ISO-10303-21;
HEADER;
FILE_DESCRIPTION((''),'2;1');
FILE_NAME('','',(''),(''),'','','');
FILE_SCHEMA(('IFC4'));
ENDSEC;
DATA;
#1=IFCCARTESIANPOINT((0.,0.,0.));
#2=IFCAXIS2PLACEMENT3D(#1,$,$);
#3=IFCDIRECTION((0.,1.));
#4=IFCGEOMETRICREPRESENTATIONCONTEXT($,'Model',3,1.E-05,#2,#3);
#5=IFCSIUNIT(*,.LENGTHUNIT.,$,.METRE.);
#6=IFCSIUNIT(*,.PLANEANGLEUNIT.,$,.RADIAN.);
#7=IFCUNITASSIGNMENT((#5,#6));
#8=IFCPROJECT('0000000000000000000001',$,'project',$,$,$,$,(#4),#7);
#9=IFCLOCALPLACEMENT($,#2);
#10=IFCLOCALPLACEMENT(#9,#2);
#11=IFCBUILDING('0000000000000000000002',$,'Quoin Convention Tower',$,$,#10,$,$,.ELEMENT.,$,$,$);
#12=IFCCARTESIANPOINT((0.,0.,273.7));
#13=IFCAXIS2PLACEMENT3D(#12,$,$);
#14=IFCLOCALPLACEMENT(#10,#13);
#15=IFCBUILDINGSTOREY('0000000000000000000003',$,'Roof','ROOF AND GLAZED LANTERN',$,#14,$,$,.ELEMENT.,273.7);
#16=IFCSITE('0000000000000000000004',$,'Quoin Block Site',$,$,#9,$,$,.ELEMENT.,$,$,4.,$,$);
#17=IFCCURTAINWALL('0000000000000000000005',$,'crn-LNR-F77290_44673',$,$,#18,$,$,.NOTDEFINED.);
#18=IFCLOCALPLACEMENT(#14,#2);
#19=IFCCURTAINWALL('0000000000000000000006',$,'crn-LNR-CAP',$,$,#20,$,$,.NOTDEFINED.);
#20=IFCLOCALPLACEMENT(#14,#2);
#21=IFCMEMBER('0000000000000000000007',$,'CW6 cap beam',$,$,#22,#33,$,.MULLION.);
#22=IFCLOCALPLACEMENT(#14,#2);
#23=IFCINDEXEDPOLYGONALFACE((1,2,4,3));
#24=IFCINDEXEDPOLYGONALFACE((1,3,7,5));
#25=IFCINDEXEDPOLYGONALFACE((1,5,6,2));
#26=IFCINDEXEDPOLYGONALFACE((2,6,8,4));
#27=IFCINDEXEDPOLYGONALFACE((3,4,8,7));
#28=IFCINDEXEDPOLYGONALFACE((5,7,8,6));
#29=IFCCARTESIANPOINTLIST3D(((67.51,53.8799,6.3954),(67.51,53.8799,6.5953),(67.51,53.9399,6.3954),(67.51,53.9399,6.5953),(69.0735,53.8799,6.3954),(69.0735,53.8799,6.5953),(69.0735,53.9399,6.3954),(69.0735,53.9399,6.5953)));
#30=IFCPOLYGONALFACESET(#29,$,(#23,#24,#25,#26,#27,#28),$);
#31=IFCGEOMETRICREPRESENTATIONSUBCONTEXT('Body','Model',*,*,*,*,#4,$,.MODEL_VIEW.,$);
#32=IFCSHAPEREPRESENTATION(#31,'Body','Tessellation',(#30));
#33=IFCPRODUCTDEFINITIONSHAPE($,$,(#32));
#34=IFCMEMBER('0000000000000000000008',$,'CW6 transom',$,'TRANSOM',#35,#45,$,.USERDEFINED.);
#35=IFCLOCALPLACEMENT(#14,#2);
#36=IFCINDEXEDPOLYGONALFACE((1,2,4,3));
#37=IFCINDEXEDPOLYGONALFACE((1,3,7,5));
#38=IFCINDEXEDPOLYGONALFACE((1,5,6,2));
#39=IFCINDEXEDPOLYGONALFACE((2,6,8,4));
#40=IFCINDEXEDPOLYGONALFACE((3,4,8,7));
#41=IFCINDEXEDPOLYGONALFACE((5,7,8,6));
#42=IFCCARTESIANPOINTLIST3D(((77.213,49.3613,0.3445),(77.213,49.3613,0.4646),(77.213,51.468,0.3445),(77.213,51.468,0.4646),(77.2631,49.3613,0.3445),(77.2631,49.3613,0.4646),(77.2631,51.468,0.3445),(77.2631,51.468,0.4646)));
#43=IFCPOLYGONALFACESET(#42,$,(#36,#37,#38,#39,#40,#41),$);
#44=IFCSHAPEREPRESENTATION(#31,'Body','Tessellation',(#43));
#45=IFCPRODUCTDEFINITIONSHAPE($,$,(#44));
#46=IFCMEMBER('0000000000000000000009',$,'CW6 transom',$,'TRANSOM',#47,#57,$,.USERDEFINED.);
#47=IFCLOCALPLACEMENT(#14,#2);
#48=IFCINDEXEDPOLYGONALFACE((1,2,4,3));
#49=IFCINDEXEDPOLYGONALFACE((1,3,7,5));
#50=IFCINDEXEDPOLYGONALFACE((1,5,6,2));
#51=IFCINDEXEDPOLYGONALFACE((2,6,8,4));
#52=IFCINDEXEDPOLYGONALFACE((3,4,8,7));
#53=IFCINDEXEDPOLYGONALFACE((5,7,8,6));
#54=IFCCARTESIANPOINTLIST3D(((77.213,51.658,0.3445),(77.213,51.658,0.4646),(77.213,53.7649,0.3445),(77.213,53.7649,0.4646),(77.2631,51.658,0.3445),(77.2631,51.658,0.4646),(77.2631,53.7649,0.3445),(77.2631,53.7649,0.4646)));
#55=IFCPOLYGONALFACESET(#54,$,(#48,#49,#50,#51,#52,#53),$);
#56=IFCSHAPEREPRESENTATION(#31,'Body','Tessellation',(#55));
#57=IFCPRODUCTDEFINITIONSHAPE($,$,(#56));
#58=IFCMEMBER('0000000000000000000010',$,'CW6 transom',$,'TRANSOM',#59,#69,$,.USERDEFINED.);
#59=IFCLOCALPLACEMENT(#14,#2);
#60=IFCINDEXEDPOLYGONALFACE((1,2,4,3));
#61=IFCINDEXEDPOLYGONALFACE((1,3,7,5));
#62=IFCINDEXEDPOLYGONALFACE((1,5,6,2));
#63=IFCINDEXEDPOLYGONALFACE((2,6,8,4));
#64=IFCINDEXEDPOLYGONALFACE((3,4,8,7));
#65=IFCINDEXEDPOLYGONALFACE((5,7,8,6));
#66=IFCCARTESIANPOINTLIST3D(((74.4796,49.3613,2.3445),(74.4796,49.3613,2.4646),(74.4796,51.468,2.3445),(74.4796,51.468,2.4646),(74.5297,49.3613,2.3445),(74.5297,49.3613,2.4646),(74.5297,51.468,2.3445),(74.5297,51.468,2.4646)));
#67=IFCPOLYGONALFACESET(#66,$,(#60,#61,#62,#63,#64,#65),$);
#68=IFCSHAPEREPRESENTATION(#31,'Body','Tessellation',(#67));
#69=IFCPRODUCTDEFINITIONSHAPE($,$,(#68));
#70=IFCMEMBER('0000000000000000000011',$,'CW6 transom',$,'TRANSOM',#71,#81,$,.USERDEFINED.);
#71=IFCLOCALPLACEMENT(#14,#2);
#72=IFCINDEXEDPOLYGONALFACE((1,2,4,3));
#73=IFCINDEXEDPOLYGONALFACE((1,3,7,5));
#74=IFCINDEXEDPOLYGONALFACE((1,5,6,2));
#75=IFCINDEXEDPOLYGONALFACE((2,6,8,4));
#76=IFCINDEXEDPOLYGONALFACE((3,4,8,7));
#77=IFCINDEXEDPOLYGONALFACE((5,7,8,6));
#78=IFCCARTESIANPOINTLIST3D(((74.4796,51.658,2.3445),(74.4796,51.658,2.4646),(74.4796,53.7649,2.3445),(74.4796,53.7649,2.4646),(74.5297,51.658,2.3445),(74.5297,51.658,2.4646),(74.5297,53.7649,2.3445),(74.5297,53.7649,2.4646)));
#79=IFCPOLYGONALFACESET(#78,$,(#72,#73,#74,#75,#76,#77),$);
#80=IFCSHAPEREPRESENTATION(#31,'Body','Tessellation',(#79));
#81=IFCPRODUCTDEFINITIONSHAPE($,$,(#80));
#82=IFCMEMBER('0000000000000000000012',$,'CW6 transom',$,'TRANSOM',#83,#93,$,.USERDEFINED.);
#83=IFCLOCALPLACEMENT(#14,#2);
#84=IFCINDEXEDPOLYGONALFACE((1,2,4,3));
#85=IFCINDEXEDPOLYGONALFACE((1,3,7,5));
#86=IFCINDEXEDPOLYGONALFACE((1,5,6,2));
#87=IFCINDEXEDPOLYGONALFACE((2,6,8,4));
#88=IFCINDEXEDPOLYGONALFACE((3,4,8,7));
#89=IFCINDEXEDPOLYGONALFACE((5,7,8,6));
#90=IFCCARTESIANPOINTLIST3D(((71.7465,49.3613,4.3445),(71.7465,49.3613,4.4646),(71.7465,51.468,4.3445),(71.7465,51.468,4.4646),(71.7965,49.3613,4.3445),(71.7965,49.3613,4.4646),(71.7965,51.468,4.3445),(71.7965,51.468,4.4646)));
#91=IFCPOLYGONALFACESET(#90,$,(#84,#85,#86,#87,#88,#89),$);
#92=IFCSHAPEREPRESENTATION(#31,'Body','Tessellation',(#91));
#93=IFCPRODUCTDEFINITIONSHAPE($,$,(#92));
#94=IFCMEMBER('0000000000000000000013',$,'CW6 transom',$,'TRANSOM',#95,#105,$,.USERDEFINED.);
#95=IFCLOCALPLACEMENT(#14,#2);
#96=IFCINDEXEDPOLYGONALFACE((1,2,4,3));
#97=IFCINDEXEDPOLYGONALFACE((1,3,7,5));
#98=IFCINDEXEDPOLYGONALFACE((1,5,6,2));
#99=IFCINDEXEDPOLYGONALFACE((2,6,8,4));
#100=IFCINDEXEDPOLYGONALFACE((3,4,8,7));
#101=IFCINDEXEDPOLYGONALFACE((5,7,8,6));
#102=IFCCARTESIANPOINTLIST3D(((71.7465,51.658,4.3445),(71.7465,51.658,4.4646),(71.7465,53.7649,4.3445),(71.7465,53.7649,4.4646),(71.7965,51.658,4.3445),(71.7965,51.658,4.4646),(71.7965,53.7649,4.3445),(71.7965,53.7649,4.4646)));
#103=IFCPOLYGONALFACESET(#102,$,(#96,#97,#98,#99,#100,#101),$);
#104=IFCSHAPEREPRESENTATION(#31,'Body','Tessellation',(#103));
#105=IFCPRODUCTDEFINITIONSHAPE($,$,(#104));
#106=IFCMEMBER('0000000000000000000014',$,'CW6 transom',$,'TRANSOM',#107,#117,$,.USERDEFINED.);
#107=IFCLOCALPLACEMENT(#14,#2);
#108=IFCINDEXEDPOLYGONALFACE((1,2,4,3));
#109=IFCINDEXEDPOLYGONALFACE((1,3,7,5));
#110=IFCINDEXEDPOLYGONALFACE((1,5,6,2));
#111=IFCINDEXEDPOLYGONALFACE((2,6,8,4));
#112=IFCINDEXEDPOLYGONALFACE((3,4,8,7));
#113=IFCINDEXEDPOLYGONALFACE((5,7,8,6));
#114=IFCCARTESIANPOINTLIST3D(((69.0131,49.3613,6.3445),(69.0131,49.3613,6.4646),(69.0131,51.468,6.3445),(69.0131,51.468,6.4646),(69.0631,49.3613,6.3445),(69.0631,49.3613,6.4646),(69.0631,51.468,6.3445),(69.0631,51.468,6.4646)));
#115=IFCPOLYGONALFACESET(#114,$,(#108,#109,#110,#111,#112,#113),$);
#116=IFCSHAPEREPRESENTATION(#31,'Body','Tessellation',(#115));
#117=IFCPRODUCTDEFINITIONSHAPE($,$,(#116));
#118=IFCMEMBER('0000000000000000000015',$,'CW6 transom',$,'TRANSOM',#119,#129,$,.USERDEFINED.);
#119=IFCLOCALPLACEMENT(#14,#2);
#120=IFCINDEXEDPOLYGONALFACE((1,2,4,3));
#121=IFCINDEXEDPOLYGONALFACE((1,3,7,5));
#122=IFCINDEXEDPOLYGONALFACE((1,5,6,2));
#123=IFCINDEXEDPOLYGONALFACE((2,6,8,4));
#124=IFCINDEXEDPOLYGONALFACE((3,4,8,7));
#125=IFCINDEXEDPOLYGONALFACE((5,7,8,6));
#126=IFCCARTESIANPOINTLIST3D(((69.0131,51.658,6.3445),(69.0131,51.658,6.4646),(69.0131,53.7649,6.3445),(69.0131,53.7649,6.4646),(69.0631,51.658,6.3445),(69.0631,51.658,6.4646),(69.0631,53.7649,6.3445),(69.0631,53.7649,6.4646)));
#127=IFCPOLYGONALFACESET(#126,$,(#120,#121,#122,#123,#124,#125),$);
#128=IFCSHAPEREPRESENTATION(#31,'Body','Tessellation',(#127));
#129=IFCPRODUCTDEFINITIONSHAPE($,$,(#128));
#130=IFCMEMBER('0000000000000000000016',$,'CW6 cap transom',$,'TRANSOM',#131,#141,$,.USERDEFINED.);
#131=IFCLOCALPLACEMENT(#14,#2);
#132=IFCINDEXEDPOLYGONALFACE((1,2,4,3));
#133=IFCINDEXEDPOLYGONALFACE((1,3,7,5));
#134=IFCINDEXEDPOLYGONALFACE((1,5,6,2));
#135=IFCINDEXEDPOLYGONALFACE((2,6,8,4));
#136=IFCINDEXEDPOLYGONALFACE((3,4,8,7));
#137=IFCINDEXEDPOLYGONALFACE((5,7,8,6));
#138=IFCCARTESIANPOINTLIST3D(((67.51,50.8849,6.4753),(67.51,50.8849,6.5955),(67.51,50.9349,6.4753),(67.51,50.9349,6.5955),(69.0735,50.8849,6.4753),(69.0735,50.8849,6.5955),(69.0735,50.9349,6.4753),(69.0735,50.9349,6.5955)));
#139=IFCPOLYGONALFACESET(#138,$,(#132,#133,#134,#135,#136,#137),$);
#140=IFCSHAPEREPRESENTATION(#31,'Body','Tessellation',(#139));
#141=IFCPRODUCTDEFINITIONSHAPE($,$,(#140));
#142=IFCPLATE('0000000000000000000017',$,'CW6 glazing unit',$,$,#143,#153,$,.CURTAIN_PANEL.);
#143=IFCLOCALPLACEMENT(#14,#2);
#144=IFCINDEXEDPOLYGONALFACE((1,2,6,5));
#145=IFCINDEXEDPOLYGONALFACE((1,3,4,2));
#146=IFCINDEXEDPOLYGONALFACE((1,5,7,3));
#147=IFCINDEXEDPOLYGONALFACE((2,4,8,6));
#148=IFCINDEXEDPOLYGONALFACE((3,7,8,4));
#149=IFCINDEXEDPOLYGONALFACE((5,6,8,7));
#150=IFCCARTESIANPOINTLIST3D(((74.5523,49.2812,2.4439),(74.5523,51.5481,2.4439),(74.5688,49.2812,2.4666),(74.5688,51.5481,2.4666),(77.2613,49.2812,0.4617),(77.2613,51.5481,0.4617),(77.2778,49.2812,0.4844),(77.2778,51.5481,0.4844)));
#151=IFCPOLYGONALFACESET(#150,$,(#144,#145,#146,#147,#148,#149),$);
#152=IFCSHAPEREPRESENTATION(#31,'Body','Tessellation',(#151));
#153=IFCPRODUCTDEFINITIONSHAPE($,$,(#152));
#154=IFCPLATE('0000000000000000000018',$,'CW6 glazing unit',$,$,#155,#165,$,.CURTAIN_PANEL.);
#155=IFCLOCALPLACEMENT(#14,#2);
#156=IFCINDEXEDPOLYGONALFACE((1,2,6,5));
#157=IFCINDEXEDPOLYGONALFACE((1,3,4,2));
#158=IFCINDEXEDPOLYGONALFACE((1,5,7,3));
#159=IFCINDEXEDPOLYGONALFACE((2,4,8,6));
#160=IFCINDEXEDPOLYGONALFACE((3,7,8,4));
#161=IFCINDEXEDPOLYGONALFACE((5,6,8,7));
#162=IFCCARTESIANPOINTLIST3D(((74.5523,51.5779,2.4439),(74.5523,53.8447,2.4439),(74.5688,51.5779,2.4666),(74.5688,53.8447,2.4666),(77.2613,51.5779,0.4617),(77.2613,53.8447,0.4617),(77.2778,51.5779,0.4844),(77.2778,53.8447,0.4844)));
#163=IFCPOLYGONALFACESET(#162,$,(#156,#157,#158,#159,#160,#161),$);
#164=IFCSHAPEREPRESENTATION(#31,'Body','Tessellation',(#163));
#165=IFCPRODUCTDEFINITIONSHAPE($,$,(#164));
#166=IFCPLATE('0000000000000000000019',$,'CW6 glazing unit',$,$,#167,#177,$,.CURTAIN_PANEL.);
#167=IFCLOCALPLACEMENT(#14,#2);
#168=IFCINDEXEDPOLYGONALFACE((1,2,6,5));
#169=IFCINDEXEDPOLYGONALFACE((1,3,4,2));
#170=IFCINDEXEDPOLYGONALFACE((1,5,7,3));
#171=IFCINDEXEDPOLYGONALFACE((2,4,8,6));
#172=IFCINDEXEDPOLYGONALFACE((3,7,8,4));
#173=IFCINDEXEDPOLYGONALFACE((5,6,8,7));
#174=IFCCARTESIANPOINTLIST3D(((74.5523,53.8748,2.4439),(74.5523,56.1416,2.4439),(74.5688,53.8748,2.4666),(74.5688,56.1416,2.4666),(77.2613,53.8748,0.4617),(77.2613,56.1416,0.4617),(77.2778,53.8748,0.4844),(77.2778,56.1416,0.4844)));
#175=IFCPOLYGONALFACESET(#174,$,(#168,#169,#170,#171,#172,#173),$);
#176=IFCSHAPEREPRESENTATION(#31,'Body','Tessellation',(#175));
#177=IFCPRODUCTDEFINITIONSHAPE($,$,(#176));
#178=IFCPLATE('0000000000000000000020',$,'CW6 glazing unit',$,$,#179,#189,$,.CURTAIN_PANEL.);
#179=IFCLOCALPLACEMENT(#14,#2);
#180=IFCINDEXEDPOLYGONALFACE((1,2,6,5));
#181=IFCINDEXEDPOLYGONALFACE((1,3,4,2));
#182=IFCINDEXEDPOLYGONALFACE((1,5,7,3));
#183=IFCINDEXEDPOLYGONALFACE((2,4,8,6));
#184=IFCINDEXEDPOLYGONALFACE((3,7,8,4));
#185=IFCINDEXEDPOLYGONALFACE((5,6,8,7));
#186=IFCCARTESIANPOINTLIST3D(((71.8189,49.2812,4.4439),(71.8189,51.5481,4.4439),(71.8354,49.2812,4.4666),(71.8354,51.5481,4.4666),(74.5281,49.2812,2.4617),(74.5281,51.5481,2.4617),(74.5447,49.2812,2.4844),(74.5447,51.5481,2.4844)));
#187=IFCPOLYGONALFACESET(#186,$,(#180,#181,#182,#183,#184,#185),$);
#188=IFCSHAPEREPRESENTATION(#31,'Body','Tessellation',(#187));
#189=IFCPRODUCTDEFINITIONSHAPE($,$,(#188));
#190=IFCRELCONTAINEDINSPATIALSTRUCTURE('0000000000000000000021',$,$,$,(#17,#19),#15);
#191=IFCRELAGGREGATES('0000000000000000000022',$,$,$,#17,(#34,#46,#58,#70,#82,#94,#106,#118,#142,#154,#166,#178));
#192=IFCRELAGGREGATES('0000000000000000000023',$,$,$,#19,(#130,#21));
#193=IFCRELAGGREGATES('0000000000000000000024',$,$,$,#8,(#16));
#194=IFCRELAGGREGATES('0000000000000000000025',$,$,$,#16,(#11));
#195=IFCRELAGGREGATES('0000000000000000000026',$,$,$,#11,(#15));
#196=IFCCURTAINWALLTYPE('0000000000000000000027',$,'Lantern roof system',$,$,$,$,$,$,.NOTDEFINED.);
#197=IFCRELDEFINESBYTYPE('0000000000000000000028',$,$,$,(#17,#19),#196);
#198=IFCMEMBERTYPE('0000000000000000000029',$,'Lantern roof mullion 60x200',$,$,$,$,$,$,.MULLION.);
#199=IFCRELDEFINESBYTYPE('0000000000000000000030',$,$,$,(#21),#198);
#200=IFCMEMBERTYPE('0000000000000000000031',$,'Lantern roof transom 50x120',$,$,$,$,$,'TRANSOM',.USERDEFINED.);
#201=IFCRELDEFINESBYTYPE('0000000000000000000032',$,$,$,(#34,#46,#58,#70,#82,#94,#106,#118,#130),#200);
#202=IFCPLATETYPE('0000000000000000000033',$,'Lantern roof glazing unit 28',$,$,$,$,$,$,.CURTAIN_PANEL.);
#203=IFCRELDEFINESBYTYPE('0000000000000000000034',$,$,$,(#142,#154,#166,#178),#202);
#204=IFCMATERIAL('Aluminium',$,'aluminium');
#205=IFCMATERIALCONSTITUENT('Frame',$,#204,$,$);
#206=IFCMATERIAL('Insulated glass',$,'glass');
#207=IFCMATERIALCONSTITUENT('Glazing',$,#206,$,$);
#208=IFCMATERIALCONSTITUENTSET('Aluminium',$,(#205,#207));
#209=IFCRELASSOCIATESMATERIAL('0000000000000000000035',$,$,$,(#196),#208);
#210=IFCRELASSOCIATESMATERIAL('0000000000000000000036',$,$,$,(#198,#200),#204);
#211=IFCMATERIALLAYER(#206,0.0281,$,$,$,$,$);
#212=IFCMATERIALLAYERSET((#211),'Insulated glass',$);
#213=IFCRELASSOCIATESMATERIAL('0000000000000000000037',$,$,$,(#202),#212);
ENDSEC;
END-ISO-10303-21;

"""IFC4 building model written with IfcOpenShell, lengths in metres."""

from ifc_helpers import new_model, si_unit, direction, frame, origin, origin_2d, place, context, subcontext, project, spatial, polyline, rectangle, outline, extrude, material, layer, layer_set, constituent, constituent_set, material_profile, profile_set, type_object, element, aggregate, save


model = new_model("IFC4")

# Units and contexts
model_context = context("Model", 3, precision=1e-05, world=origin(), true_north=direction((0.0, 1.0)))
body_context = subcontext(model_context, "Body", "Model", "MODEL_VIEW")
ifc_project = project(units=[si_unit("LENGTHUNIT", "METRE"), si_unit("PLANEANGLEUNIT", "RADIAN")], contexts=[model_context])

# Site, building, storey
site_placement = place(None, origin())
site = spatial("IfcSite", under=ifc_project, at=site_placement, Name="Quoin Block Site", CompositionType="ELEMENT", RefElevation=4.0)
building_placement = place(site_placement, origin())
building = spatial("IfcBuilding", under=site, at=building_placement, Name="Quoin Convention Tower", CompositionType="ELEMENT")
storey_placement = place(building_placement, frame((0.0, 0.0, 273.7)))
storey = spatial("IfcBuildingStorey", under=building, at=storey_placement, Name="Roof", Description="ROOF AND GLAZED LANTERN", CompositionType="ELEMENT", Elevation=273.7)

# Curtain wall
ifc_material_1 = material(Name="Aluminium", Category="aluminium")
ifc_constituent_1 = constituent(ifc_material_1, Name="Frame")
ifc_material_2 = material(Name="Insulated glass", Category="glass")
ifc_constituent_2 = constituent(ifc_material_2, Name="Glazing")
ifc_constituent_set = constituent_set(constituents=[ifc_constituent_1, ifc_constituent_2], Name="Aluminium")
curtain_wall_type = type_object("IfcCurtainWallType", Name="Lantern roof system", PredefinedType="NOTDEFINED", material=ifc_constituent_set)
curtain_wall_1_placement = place(storey_placement, origin())
curtain_wall_1 = element("IfcCurtainWall", 1, at=curtain_wall_1_placement, inside=storey, type_object=curtain_wall_type, Name="crn-LNR-F77290_44673", PredefinedType="NOTDEFINED")

# Curtain wall, member
curtain_wall_2_placement = place(storey_placement, origin())
curtain_wall_2 = element("IfcCurtainWall", 2, at=curtain_wall_2_placement, inside=storey, type_object=curtain_wall_type, Name="crn-LNR-CAP", PredefinedType="NOTDEFINED")
ifc_material_profile_1 = material_profile(ifc_material_1, rectangle(XDim=0.2, YDim=0.0601, at=origin_2d()), Name="Lantern roof mullion 60x200")
ifc_profile_set_1 = profile_set([ifc_material_profile_1], Name="Aluminium")
member_type_1 = type_object("IfcMemberType", Name="Lantern roof mullion 60x200", PredefinedType="MULLION", material=ifc_profile_set_1)
member_1_placement = place(storey_placement, frame((67.51, 53.9099, 6.4954), z_axis=(1.0, 0.0, 0.0), x_axis=(0.0, 0.0, 1.0)))
member_1 = element("IfcMember", 3, at=member_1_placement, type_object=member_type_1, Name="CW6 cap beam", PredefinedType="MULLION", context=body_context, shape_type="SweptSolid", body=[
    extrude(rectangle(XDim=0.2, YDim=0.0601, at=origin_2d()), origin(), (0.0, 0.0, 1.0), 1.5635),
])

# Members
ifc_material_profile_2 = material_profile(ifc_material_1, rectangle(XDim=0.1201, YDim=0.05, at=origin_2d()), Name="Lantern roof transom 50x120")
ifc_profile_set_2 = profile_set([ifc_material_profile_2], Name="Aluminium")
member_type_2 = type_object("IfcMemberType", Name="Lantern roof transom 50x120", ElementType="TRANSOM", PredefinedType="USERDEFINED", material=ifc_profile_set_2)
member_2_placement = place(storey_placement, frame((77.238, 49.3613, 0.4045), z_axis=(0.0, 1.0, 0.0), x_axis=(0.0, 0.0, 1.0)))
member_2 = element("IfcMember", 4, at=member_2_placement, type_object=member_type_2, Name="CW6 transom", ObjectType="TRANSOM", PredefinedType="USERDEFINED", context=body_context, shape_type="SweptSolid", body=[
    extrude(rectangle(XDim=0.1201, YDim=0.05, at=origin_2d()), origin(), (0.0, 0.0, 1.0), 2.1067),
])
member_3_placement = place(storey_placement, frame((77.238, 51.658, 0.4045), z_axis=(0.0, 1.0, 0.0), x_axis=(0.0, 0.0, 1.0)))
member_3 = element("IfcMember", 5, at=member_3_placement, type_object=member_type_2, Name="CW6 transom", ObjectType="TRANSOM", PredefinedType="USERDEFINED", context=body_context, shape_type="SweptSolid", body=[
    extrude(rectangle(XDim=0.1201, YDim=0.05, at=origin_2d()), origin(), (0.0, 0.0, 1.0), 2.1069),
])
member_4_placement = place(storey_placement, frame((74.5046, 49.3613, 2.4045), z_axis=(0.0, 1.0, 0.0), x_axis=(0.0, 0.0, 1.0)))
member_4 = element("IfcMember", 6, at=member_4_placement, type_object=member_type_2, Name="CW6 transom", ObjectType="TRANSOM", PredefinedType="USERDEFINED", context=body_context, shape_type="SweptSolid", body=[
    extrude(rectangle(XDim=0.1201, YDim=0.05, at=origin_2d()), origin(), (0.0, 0.0, 1.0), 2.1067),
])
member_5_placement = place(storey_placement, frame((74.5046, 51.658, 2.4045), z_axis=(0.0, 1.0, 0.0), x_axis=(0.0, 0.0, 1.0)))
member_5 = element("IfcMember", 7, at=member_5_placement, type_object=member_type_2, Name="CW6 transom", ObjectType="TRANSOM", PredefinedType="USERDEFINED", context=body_context, shape_type="SweptSolid", body=[
    extrude(rectangle(XDim=0.1201, YDim=0.05, at=origin_2d()), origin(), (0.0, 0.0, 1.0), 2.1069),
])
member_6_placement = place(storey_placement, frame((71.7715, 49.3613, 4.4045), z_axis=(0.0, 1.0, 0.0), x_axis=(0.0, 0.0, 1.0)))
member_6 = element("IfcMember", 8, at=member_6_placement, type_object=member_type_2, Name="CW6 transom", ObjectType="TRANSOM", PredefinedType="USERDEFINED", context=body_context, shape_type="SweptSolid", body=[
    extrude(rectangle(XDim=0.1201, YDim=0.05, at=origin_2d()), origin(), (0.0, 0.0, 1.0), 2.1067),
])
member_7_placement = place(storey_placement, frame((71.7715, 51.658, 4.4045), z_axis=(0.0, 1.0, 0.0), x_axis=(0.0, 0.0, 1.0)))
member_7 = element("IfcMember", 9, at=member_7_placement, type_object=member_type_2, Name="CW6 transom", ObjectType="TRANSOM", PredefinedType="USERDEFINED", context=body_context, shape_type="SweptSolid", body=[
    extrude(rectangle(XDim=0.1201, YDim=0.05, at=origin_2d()), origin(), (0.0, 0.0, 1.0), 2.1069),
])
member_8_placement = place(storey_placement, frame((69.0381, 49.3613, 6.4045), z_axis=(0.0, 1.0, 0.0), x_axis=(0.0, 0.0, 1.0)))
member_8 = element("IfcMember", 10, at=member_8_placement, type_object=member_type_2, Name="CW6 transom", ObjectType="TRANSOM", PredefinedType="USERDEFINED", context=body_context, shape_type="SweptSolid", body=[
    extrude(rectangle(XDim=0.1201, YDim=0.05, at=origin_2d()), origin(), (0.0, 0.0, 1.0), 2.1067),
])
member_9_placement = place(storey_placement, frame((69.0381, 51.658, 6.4045), z_axis=(0.0, 1.0, 0.0), x_axis=(0.0, 0.0, 1.0)))
member_9 = element("IfcMember", 11, at=member_9_placement, type_object=member_type_2, Name="CW6 transom", ObjectType="TRANSOM", PredefinedType="USERDEFINED", context=body_context, shape_type="SweptSolid", body=[
    extrude(rectangle(XDim=0.1201, YDim=0.05, at=origin_2d()), origin(), (0.0, 0.0, 1.0), 2.1069),
])
member_10_placement = place(storey_placement, frame((67.51, 50.9099, 6.5354), z_axis=(1.0, 0.0, 0.0), x_axis=(0.0, 0.0, 1.0)))
member_10 = element("IfcMember", 12, at=member_10_placement, type_object=member_type_2, Name="CW6 cap transom", ObjectType="TRANSOM", PredefinedType="USERDEFINED", context=body_context, shape_type="SweptSolid", body=[
    extrude(rectangle(XDim=0.1201, YDim=0.05, at=origin_2d()), origin(), (0.0, 0.0, 1.0), 1.5635),
])

# Plates
ifc_layer = layer(ifc_material_2, 0.0281)
ifc_layer_set = layer_set([ifc_layer], Name="Insulated glass")
plate_type = type_object("IfcPlateType", Name="Lantern roof glazing unit 28", PredefinedType="CURTAIN_PANEL", material=ifc_layer_set)
plate_1_placement = place(storey_placement, frame((74.5688, 49.2812, 2.4666), z_axis=(0.590509, 0.0, 0.807031), x_axis=(0.0, 1.0, 0.0)))
plate_1 = element("IfcPlate", 13, at=plate_1_placement, type_object=plate_type, Name="CW6 glazing unit", PredefinedType="CURTAIN_PANEL", context=body_context, shape_type="SweptSolid", body=[
    extrude(outline(polyline([(0.0, 0.0), (2.2668, 0.0), (2.2668, -3.3567), (0.0, -3.3567), (0.0, 0.0)])), origin(), (0.0, 0.0, -1.0), 0.0281),
])
plate_2_placement = place(storey_placement, frame((74.5688, 51.5779, 2.4666), z_axis=(0.590509, 0.0, 0.807031), x_axis=(0.0, 1.0, 0.0)))
plate_2 = element("IfcPlate", 14, at=plate_2_placement, type_object=plate_type, Name="CW6 glazing unit", PredefinedType="CURTAIN_PANEL", context=body_context, shape_type="SweptSolid", body=[
    extrude(outline(polyline([(0.0, 0.0), (2.2668, 0.0), (2.2668, -3.3567), (0.0, -3.3567), (0.0, 0.0)])), origin(), (0.0, 0.0, -1.0), 0.0281),
])
plate_3_placement = place(storey_placement, frame((74.5688, 53.8748, 2.4666), z_axis=(0.590509, 0.0, 0.807031), x_axis=(0.0, 1.0, 0.0)))
plate_3 = element("IfcPlate", 15, at=plate_3_placement, type_object=plate_type, Name="CW6 glazing unit", PredefinedType="CURTAIN_PANEL", context=body_context, shape_type="SweptSolid", body=[
    extrude(outline(polyline([(0.0, 0.0), (2.2668, 0.0), (2.2668, -3.3567), (0.0, -3.3567), (0.0, 0.0)])), origin(), (0.0, 0.0, -1.0), 0.0281),
])
plate_4_placement = place(storey_placement, frame((74.5447, 49.2812, 2.4844), z_axis=(0.590474, 0.0, 0.807057), x_axis=(-0.807057, 0.0, 0.590474)))
plate_4 = element("IfcPlate", 16, at=plate_4_placement, type_object=plate_type, Name="CW6 glazing unit", PredefinedType="CURTAIN_PANEL", context=body_context, shape_type="SweptSolid", body=[
    extrude(outline(polyline([(0.0, 0.0), (3.3569, 0.0), (3.3569, -2.2668), (0.0, -2.2668), (0.0, 0.0)])), origin(), (0.0, 0.0, -1.0), 0.0281),
])
aggregate(curtain_wall_1, [member_2, member_3, member_4, member_5, member_6, member_7, member_8, member_9, plate_1, plate_2, plate_3, plate_4])
aggregate(curtain_wall_2, [member_10, member_1])

save(model, "model.ifc")
